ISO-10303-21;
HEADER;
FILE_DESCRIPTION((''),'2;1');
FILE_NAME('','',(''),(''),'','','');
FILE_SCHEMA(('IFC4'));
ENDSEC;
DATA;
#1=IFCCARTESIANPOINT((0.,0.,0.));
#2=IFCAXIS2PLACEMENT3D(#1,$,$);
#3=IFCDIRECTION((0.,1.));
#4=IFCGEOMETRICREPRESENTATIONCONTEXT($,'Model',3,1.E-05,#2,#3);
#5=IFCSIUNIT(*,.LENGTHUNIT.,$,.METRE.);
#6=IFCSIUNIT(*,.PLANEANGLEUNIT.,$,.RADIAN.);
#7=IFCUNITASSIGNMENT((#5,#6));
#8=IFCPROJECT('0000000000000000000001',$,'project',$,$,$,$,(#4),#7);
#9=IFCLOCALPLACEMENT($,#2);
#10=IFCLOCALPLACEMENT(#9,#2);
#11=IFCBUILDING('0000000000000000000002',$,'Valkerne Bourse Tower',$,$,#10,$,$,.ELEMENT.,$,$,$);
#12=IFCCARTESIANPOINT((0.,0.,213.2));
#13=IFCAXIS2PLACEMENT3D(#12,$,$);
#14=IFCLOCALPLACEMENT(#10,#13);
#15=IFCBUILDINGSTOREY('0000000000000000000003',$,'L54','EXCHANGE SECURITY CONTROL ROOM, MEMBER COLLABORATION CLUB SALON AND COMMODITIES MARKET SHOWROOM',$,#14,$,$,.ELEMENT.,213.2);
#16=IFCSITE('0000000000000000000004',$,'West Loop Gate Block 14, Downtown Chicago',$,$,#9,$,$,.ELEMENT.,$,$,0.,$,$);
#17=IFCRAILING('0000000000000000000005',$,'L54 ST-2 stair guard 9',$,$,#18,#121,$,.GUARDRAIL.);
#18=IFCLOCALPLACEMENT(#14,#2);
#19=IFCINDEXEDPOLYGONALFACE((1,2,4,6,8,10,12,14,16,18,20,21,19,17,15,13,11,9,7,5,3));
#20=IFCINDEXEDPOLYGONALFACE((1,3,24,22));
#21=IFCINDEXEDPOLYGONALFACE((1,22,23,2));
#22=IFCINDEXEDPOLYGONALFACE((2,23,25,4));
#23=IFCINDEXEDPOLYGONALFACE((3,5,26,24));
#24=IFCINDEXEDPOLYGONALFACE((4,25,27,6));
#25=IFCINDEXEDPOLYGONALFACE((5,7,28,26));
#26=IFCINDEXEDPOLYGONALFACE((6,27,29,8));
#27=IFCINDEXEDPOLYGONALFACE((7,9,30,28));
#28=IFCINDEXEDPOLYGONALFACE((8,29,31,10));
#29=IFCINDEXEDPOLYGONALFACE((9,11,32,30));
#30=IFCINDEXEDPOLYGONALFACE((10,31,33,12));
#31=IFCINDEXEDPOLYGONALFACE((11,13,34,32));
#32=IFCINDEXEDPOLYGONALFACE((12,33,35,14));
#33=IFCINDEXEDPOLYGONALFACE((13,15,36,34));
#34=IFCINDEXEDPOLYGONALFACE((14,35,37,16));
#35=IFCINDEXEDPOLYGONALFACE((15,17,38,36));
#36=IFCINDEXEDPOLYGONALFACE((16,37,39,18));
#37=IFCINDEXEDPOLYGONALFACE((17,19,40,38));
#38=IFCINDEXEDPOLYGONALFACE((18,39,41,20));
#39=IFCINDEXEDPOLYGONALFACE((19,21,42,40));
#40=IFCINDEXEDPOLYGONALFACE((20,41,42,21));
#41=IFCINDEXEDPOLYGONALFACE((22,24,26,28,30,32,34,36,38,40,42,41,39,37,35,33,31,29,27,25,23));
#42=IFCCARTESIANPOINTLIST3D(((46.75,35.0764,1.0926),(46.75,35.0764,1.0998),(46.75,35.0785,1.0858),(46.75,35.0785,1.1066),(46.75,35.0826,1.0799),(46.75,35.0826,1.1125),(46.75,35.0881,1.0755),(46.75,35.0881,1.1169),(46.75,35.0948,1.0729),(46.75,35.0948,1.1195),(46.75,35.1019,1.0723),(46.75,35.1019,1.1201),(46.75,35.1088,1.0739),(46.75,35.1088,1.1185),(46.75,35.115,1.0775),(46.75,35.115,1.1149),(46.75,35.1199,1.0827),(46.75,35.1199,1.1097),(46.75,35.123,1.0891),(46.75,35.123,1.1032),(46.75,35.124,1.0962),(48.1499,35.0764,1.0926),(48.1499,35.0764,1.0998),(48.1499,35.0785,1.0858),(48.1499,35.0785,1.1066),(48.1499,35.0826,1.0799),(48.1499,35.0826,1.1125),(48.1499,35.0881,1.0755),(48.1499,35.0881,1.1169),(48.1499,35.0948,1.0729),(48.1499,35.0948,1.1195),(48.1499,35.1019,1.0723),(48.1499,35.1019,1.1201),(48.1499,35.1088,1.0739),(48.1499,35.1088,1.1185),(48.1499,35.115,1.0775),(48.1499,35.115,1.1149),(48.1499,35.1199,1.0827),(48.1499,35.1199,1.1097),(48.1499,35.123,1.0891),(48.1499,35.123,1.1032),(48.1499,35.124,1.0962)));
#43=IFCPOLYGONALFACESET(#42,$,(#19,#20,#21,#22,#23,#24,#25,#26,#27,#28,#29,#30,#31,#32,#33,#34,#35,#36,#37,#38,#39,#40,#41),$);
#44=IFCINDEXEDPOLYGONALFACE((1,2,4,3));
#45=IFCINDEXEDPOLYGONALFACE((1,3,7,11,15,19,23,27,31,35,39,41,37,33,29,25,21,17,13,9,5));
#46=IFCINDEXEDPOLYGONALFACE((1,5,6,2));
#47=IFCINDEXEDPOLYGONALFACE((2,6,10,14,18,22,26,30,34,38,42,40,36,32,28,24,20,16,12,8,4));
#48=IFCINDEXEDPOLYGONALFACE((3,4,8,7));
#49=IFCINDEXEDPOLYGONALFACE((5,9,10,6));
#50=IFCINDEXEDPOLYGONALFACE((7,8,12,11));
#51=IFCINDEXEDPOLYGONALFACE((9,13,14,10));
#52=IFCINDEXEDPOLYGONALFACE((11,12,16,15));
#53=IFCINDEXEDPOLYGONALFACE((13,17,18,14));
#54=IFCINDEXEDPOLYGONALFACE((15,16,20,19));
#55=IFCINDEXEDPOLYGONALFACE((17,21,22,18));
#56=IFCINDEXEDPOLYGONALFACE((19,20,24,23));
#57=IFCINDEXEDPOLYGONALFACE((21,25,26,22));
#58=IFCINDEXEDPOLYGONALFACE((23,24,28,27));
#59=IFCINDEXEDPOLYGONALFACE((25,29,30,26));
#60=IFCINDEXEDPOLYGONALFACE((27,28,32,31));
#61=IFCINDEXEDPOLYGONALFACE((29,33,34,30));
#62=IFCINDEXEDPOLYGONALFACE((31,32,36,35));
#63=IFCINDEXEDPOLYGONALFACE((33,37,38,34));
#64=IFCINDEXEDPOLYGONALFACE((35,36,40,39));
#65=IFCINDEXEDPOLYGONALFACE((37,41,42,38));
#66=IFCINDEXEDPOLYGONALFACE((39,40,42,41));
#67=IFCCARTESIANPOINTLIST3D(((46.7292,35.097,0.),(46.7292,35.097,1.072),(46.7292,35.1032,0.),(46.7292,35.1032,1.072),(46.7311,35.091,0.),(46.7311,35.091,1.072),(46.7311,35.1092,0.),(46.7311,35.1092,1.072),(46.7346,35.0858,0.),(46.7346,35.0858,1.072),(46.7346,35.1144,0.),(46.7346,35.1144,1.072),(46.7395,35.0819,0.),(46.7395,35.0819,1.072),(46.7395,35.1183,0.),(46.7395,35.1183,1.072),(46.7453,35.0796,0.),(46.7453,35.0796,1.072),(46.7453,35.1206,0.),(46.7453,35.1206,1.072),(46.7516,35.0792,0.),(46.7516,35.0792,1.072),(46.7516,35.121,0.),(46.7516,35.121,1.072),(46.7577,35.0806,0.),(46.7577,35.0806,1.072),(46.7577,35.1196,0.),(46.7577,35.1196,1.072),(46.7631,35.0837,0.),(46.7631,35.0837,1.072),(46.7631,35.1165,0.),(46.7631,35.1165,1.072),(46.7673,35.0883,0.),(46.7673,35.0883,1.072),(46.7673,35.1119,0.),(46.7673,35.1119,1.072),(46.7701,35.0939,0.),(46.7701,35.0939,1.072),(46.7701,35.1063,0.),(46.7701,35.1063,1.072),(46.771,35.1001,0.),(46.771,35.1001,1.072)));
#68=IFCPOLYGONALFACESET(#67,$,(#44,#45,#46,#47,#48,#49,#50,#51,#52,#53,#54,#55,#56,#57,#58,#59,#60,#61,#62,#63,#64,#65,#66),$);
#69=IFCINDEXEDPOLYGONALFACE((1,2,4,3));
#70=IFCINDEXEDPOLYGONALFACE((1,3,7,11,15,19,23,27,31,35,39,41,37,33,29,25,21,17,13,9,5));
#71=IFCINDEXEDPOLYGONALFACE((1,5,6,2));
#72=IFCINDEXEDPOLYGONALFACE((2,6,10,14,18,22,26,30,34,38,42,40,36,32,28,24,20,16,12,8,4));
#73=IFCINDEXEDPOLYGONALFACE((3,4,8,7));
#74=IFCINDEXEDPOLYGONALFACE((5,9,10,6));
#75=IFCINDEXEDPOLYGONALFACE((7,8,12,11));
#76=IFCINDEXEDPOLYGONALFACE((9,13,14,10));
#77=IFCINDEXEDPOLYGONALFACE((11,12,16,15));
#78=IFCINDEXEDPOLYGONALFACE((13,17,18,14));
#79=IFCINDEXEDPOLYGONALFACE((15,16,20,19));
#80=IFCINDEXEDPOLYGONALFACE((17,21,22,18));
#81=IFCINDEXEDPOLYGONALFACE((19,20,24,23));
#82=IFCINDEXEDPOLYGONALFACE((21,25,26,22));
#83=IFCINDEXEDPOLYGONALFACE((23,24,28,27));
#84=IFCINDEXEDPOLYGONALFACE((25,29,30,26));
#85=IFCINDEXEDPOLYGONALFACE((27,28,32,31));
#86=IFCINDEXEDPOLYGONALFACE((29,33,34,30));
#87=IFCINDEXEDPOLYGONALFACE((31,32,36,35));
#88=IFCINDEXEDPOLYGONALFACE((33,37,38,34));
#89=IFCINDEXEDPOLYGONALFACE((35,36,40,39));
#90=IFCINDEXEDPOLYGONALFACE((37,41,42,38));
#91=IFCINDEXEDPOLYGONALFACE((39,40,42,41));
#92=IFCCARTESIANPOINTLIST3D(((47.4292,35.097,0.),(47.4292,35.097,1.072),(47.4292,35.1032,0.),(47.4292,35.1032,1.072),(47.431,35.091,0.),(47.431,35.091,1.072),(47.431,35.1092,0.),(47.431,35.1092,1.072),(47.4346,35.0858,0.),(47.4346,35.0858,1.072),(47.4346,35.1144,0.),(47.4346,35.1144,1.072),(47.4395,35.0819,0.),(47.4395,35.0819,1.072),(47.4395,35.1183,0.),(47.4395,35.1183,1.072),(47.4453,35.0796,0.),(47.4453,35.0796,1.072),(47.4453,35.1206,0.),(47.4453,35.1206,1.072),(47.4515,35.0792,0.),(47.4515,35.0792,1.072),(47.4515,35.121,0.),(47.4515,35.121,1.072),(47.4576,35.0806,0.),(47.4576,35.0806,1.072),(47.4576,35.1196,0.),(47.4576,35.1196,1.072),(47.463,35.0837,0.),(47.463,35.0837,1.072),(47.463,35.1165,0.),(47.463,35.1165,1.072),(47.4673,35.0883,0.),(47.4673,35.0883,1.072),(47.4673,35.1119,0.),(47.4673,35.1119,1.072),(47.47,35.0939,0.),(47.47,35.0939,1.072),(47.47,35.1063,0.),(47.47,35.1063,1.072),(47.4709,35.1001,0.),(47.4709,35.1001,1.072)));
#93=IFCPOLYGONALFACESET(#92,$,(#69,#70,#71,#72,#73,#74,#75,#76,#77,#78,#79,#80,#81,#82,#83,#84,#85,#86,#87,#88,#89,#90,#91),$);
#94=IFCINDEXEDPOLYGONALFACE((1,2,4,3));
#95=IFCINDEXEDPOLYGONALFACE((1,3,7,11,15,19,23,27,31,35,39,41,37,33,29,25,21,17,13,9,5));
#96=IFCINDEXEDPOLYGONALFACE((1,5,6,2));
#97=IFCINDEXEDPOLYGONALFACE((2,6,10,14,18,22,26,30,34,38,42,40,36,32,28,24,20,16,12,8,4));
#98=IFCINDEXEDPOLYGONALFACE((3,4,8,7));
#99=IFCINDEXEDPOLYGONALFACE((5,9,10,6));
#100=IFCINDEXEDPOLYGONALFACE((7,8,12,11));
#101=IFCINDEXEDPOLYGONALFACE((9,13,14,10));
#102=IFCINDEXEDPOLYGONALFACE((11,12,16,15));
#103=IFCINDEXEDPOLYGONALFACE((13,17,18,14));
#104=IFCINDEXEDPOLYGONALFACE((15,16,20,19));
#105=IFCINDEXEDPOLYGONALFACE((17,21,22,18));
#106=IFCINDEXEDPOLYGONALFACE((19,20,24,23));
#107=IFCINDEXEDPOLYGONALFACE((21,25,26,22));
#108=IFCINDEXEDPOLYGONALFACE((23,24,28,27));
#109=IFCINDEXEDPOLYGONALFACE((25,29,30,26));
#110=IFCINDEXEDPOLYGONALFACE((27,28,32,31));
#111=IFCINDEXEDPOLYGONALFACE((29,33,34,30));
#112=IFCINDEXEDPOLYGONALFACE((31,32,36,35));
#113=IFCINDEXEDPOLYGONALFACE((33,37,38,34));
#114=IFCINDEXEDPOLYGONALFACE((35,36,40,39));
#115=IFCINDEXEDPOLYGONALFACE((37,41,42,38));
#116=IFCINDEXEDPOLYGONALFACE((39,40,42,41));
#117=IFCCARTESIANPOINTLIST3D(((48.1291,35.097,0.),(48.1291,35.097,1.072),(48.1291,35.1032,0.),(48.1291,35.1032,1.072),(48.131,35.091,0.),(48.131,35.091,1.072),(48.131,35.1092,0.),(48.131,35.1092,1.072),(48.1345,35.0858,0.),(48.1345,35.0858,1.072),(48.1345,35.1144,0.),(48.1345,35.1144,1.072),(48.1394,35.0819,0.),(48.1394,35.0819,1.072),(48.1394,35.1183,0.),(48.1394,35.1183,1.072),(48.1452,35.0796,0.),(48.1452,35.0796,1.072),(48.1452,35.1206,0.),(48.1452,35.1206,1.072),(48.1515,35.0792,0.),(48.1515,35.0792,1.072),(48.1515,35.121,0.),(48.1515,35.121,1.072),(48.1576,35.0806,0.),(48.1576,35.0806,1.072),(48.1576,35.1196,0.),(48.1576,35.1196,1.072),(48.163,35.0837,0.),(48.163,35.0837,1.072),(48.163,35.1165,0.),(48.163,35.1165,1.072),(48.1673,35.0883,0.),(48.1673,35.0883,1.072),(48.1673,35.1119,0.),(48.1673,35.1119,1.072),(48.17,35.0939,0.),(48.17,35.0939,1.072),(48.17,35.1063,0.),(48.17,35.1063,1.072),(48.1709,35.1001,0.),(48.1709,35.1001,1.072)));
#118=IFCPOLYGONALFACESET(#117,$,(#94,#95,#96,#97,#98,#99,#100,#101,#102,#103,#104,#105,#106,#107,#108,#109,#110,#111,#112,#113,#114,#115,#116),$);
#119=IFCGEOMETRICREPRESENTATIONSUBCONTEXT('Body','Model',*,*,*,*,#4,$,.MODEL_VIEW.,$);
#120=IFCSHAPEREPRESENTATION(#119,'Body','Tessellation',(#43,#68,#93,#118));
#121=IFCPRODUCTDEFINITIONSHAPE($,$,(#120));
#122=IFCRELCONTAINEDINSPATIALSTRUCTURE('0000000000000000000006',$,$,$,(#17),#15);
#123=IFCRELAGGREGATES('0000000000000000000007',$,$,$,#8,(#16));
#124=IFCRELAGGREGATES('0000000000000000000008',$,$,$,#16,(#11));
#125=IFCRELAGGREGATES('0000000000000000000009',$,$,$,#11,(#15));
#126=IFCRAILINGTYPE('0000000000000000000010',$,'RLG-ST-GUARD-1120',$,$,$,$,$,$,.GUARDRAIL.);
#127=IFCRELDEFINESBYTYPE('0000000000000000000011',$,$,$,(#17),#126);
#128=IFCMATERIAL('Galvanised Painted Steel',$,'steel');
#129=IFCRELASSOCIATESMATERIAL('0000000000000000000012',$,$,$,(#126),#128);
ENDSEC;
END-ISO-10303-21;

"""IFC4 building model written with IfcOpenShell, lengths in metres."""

from ifc_helpers import new_model, si_unit, direction, frame, origin, origin_2d, place, context, subcontext, project, spatial, circle, extrude, material, type_object, element, save


model = new_model("IFC4")

# Units and contexts
model_context = context("Model", 3, precision=1e-05, world=origin(), true_north=direction((0.0, 1.0)))
body_context = subcontext(model_context, "Body", "Model", "MODEL_VIEW")
ifc_project = project(units=[si_unit("LENGTHUNIT", "METRE"), si_unit("PLANEANGLEUNIT", "RADIAN")], contexts=[model_context])

# Site, building, storey
site_placement = place(None, origin())
site = spatial("IfcSite", under=ifc_project, at=site_placement, Name="West Loop Gate Block 14, Downtown Chicago", CompositionType="ELEMENT", RefElevation=0.0)
building_placement = place(site_placement, origin())
building = spatial("IfcBuilding", under=site, at=building_placement, Name="Valkerne Bourse Tower", CompositionType="ELEMENT")
storey_placement = place(building_placement, frame((0.0, 0.0, 213.2)))
storey = spatial("IfcBuildingStorey", under=building, at=storey_placement, Name="L54", Description="EXCHANGE SECURITY CONTROL ROOM, MEMBER COLLABORATION CLUB SALON AND COMMODITIES MARKET SHOWROOM", CompositionType="ELEMENT", Elevation=213.2)

# Shared definitions
ifc_material_1 = material(Name="Galvanised Painted Steel", Category="steel")

# Railing
railing_type_1 = type_object("IfcRailingType", Name="RLG-ST-GUARD-1120", PredefinedType="GUARDRAIL", material=ifc_material_1)
for number, where, name in (
    (1, (46.75, 35.1001, 0.0), "L54 ST-2 stair guard 9"),
):
    element("IfcRailing", number, at=place(storey_placement, frame(where)), inside=storey, type_object=railing_type_1, Name=name, PredefinedType="GUARDRAIL", context=body_context, shape_type="SweptSolid", body=[
        extrude(circle(Radius=0.0239, at=origin_2d()), frame((0.0, 0.0, 1.0962), z_axis=(1.0, 0.0, 0.0), x_axis=(0.0, 1.0, 0.0)), (0.0, 0.0, 1.0), 1.3999),
        extrude(circle(Radius=0.021, at=origin_2d()), origin(), (0.0, 0.0, 1.0), 1.072),
        extrude(circle(Radius=0.021, at=origin_2d()), frame((0.7, 0.0, 0.0)), (0.0, 0.0, 1.0), 1.072),
        extrude(circle(Radius=0.021, at=origin_2d()), frame((1.3999, 0.0, 0.0)), (0.0, 0.0, 1.0), 1.072),
    ])

save(model, "model.ifc")
